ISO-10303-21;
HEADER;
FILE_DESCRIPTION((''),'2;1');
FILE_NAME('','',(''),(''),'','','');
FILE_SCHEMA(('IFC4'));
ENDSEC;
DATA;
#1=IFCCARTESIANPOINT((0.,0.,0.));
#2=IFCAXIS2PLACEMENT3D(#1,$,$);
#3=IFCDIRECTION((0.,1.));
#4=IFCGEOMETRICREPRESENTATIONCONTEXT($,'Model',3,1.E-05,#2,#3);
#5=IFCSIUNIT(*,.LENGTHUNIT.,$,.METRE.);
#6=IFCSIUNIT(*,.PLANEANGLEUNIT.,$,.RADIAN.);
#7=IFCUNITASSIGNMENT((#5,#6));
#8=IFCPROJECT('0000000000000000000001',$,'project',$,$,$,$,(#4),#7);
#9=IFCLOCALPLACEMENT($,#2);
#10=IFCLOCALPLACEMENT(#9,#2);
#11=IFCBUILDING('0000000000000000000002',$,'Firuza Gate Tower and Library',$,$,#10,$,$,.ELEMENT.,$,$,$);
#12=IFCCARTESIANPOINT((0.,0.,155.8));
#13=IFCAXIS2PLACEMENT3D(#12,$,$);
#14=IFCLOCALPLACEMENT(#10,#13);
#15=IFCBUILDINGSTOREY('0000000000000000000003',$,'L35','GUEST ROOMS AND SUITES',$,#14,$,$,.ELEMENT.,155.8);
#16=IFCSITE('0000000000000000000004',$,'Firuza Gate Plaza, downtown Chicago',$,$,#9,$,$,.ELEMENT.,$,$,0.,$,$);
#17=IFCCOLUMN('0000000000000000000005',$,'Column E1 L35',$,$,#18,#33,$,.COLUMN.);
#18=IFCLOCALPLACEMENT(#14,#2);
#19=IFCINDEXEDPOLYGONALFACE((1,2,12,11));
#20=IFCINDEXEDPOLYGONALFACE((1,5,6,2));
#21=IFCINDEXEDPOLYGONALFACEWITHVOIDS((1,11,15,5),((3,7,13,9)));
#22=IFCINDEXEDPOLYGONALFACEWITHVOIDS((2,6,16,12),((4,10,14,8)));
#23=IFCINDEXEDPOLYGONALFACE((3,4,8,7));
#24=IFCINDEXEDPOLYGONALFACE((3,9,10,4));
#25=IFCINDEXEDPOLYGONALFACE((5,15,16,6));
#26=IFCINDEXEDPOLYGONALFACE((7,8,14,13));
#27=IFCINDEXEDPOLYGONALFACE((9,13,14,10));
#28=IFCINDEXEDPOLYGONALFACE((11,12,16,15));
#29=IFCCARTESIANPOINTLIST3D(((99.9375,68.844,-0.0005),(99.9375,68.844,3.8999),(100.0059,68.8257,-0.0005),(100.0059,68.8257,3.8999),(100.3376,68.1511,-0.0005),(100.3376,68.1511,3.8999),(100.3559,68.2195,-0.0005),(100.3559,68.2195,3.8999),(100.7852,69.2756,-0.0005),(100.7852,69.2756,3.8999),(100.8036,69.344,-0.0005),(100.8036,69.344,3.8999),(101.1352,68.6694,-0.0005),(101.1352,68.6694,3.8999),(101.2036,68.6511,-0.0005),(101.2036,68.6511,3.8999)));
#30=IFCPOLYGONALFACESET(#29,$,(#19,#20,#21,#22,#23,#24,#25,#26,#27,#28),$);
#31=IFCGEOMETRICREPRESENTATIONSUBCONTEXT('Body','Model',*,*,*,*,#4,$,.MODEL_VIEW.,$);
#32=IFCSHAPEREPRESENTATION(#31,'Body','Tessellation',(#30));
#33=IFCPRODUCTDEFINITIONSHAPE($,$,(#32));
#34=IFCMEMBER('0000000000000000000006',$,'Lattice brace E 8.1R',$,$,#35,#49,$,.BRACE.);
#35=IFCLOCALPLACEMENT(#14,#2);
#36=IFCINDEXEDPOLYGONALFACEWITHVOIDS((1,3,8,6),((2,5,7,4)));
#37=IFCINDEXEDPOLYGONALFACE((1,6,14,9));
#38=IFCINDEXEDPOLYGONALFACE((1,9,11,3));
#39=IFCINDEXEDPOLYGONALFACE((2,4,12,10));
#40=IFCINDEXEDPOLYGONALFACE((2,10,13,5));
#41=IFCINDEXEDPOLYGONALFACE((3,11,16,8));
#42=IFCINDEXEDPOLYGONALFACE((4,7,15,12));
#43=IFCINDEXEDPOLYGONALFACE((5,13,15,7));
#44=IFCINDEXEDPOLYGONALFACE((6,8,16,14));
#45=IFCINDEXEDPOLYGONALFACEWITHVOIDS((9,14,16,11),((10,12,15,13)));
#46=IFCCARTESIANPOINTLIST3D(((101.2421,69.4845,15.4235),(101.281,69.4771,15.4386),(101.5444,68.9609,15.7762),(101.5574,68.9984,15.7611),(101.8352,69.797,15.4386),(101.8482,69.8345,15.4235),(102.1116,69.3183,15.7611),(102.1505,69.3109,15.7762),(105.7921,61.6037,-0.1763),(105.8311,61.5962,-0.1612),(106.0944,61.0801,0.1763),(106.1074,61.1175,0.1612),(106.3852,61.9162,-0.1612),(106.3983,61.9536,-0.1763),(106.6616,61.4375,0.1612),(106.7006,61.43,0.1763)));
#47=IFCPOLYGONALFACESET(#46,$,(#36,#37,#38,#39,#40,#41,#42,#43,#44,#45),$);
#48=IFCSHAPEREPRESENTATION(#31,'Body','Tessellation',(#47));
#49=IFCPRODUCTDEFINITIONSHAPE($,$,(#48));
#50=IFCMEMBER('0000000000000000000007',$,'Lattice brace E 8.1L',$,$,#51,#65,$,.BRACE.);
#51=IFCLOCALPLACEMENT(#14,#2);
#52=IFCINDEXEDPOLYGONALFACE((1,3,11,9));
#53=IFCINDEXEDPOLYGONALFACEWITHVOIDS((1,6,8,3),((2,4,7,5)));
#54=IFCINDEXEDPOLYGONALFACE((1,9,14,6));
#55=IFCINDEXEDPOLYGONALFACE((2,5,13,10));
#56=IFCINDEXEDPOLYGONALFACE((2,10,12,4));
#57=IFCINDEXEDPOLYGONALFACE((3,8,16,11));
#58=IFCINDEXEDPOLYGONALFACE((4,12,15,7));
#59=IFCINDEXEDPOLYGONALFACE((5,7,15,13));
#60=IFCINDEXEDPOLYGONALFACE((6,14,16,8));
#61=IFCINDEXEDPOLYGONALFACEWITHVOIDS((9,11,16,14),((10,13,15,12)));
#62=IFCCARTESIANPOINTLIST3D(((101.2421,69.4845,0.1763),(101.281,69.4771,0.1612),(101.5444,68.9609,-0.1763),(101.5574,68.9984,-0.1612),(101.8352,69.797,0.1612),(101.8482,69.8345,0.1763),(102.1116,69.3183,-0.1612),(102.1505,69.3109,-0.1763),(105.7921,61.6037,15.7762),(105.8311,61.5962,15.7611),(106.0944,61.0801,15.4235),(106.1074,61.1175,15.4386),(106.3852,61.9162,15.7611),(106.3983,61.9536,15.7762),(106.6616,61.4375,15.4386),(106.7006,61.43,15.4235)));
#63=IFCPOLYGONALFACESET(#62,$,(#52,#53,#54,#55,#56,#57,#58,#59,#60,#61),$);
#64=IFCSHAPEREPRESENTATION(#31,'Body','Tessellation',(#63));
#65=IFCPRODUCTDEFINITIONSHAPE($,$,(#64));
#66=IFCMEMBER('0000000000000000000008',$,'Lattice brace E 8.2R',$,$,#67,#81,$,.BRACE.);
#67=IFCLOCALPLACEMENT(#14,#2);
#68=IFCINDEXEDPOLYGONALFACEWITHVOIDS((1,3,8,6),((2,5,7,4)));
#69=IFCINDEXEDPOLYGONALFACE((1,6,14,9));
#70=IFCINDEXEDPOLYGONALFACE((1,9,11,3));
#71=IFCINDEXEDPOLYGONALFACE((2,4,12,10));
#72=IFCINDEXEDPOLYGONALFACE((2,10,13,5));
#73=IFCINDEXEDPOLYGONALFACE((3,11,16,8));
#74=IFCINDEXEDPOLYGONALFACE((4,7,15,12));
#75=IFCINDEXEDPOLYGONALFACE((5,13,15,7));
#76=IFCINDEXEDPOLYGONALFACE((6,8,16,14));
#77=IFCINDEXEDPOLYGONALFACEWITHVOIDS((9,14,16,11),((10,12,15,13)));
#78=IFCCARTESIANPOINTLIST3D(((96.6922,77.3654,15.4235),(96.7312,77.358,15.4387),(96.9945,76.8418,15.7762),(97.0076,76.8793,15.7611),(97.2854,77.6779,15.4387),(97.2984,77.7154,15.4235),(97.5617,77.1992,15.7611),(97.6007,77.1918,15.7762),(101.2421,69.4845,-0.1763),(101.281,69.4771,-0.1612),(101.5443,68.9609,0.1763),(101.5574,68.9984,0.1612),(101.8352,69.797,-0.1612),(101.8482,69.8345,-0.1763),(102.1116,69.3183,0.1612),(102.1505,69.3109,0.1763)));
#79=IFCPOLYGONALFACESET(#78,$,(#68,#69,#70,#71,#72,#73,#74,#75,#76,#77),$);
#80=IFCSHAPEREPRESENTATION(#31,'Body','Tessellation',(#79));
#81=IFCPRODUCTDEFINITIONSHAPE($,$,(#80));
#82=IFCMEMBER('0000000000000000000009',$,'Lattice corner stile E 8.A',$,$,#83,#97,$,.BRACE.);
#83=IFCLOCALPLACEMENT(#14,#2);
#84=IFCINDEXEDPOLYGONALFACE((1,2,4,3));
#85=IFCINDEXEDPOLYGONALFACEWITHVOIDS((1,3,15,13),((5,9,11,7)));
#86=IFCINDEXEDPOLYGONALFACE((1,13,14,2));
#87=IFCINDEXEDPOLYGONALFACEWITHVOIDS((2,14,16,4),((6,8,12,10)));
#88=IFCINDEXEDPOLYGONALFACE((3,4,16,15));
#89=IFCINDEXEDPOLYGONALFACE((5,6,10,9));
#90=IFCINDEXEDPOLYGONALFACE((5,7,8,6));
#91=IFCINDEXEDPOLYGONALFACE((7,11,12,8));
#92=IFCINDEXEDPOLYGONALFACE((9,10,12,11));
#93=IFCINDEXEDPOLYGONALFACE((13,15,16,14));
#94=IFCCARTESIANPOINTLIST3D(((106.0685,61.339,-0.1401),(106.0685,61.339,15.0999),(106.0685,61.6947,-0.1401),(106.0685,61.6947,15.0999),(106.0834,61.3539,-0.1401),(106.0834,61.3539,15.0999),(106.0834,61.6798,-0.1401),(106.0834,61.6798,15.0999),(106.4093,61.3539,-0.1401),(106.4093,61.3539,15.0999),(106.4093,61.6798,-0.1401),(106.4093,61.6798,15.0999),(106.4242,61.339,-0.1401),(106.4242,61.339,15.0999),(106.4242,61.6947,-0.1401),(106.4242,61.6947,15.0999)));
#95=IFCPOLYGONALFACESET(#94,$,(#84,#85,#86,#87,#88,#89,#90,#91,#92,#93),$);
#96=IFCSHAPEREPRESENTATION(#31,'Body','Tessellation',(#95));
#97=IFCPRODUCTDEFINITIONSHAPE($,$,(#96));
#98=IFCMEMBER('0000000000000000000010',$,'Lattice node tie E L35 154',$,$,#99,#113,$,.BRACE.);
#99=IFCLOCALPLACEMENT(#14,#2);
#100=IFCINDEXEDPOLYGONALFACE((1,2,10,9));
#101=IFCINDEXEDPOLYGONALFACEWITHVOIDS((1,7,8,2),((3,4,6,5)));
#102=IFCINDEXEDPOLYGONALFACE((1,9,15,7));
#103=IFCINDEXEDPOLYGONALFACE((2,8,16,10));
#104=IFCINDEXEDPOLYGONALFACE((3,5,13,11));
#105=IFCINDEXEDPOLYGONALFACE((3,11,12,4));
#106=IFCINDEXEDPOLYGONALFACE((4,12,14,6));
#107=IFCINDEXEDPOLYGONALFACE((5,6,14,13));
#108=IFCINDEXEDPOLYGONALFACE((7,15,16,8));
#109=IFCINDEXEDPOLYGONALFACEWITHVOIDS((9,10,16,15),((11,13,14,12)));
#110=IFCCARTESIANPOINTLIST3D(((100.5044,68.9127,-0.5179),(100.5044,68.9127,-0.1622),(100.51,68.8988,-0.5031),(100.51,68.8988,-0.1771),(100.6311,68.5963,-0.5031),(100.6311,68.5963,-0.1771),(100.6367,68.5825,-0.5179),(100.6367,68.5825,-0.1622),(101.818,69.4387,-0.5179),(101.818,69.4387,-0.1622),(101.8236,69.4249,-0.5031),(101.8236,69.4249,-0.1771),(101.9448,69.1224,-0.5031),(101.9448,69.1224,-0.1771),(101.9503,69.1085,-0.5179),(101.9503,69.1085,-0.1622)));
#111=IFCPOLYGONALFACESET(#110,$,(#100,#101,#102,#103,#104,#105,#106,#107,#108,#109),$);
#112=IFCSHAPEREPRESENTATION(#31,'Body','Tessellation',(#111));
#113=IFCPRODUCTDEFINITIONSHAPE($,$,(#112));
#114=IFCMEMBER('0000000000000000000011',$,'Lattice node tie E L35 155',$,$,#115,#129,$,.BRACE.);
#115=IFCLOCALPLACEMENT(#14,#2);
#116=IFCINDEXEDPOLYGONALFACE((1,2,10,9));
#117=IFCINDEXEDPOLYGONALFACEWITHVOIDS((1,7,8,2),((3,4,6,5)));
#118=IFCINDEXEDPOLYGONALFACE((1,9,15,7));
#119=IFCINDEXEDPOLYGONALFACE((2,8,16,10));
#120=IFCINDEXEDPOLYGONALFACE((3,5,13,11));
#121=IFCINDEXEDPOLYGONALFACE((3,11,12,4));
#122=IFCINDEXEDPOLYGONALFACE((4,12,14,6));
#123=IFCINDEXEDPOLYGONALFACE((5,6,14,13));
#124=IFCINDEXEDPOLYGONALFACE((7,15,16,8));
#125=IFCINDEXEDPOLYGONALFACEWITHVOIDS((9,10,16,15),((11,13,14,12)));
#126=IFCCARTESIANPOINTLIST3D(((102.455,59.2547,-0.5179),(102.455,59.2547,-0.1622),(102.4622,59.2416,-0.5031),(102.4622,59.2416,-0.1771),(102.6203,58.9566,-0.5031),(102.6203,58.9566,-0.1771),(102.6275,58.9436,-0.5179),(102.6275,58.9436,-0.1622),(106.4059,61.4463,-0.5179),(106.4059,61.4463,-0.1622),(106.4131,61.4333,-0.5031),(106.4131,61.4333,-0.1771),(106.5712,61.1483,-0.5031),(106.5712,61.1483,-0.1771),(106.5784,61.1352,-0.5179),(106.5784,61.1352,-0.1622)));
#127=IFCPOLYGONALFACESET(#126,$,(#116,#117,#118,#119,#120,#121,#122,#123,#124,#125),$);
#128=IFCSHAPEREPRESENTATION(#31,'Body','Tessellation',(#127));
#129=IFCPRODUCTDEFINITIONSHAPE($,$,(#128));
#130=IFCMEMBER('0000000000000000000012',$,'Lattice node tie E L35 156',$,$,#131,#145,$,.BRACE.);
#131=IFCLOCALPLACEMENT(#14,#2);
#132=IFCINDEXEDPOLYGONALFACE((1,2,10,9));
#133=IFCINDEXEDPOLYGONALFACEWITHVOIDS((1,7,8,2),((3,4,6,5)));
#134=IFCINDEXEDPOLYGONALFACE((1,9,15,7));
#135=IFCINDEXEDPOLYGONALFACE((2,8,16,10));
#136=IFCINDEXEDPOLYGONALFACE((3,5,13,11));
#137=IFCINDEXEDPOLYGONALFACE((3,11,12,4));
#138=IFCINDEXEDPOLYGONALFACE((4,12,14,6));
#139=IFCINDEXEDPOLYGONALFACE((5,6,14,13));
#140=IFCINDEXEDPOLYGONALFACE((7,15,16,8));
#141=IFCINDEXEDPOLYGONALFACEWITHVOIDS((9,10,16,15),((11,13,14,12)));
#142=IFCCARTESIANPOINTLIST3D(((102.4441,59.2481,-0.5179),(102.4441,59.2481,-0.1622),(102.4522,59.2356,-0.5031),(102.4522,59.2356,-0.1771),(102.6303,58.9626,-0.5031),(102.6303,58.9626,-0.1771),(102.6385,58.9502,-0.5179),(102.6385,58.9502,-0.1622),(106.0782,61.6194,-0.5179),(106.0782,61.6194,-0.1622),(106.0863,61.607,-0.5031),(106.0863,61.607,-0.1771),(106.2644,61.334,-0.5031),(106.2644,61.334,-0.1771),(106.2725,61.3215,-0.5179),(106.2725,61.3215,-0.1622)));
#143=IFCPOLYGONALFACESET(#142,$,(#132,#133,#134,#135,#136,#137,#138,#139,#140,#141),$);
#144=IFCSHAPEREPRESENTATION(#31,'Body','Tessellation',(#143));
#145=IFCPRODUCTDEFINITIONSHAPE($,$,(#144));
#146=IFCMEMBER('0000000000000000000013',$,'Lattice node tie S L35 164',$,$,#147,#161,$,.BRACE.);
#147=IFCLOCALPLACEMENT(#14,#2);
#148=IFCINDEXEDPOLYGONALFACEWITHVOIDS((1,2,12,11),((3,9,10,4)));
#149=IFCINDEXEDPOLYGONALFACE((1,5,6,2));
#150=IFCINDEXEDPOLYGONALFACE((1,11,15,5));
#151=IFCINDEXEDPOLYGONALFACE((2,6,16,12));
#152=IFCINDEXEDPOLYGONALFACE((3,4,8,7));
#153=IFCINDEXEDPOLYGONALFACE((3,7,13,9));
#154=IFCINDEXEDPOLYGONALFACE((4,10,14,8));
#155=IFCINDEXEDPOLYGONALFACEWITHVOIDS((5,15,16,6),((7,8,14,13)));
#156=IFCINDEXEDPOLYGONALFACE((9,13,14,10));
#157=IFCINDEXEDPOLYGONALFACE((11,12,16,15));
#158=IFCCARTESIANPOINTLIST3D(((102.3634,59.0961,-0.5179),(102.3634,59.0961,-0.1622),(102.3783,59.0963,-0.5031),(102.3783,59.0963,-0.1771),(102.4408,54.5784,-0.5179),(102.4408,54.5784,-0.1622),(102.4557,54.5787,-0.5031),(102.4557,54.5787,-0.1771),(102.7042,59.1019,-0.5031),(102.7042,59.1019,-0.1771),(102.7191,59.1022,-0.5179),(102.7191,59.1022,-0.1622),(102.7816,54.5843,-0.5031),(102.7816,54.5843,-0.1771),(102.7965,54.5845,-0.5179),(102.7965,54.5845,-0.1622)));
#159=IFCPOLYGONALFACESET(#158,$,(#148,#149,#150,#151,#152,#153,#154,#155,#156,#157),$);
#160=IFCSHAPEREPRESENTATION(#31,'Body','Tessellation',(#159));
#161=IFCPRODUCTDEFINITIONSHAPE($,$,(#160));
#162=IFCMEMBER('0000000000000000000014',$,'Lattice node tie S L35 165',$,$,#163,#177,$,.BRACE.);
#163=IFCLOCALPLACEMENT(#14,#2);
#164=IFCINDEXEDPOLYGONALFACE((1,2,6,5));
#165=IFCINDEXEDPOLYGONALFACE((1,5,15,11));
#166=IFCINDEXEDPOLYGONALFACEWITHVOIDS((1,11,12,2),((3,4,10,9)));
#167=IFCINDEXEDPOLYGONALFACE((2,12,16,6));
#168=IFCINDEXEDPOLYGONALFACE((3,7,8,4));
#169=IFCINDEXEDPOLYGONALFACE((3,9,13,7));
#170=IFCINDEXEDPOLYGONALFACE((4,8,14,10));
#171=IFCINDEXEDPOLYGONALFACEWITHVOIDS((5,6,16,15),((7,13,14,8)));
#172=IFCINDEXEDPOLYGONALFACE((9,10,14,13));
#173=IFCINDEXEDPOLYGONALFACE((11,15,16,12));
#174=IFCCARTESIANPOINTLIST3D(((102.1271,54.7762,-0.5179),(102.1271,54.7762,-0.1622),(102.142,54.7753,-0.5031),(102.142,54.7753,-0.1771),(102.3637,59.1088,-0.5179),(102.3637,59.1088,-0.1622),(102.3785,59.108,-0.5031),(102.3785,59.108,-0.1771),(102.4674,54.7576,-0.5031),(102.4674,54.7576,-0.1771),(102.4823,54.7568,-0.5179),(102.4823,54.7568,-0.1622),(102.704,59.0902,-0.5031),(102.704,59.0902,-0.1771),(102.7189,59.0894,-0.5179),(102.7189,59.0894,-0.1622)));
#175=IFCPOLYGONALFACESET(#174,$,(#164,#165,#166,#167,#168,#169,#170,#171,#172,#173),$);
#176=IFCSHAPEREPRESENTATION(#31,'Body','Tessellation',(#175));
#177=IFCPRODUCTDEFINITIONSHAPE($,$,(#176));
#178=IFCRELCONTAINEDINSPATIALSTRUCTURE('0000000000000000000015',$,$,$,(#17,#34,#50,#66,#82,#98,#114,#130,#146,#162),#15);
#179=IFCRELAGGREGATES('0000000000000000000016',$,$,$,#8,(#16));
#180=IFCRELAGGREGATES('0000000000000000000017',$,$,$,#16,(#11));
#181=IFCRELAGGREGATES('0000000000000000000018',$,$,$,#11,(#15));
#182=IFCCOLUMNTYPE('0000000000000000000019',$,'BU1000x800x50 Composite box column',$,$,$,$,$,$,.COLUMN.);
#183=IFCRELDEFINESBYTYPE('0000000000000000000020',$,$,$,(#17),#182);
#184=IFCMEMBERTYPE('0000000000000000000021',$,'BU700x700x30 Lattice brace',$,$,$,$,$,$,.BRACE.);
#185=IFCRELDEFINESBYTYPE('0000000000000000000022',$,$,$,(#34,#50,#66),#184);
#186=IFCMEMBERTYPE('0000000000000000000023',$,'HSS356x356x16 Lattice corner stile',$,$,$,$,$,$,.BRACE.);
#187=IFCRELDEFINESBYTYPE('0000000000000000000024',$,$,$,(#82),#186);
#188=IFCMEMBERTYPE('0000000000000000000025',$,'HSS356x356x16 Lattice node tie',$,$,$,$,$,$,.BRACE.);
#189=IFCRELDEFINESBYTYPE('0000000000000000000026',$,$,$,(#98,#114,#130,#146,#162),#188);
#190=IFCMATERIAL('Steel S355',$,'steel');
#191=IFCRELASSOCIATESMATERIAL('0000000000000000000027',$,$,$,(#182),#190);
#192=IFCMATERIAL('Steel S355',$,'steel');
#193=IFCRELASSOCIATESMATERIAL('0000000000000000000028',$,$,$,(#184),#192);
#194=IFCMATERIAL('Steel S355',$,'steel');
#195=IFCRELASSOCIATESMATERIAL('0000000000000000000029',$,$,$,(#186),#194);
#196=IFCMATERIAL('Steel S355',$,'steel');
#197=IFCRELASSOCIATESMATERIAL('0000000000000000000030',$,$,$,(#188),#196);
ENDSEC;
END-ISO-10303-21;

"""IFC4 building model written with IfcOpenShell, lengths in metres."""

from ifc_helpers import new_model, si_unit, direction, frame, origin, origin_2d, place, context, subcontext, project, spatial, hollow_rectangle, extrude, material, material_profile, profile_set, type_object, element, save


model = new_model("IFC4")

# Units and contexts
model_context = context("Model", 3, precision=1e-05, world=origin(), true_north=direction((0.0, 1.0)))
body_context = subcontext(model_context, "Body", "Model", "MODEL_VIEW")
ifc_project = project(units=[si_unit("LENGTHUNIT", "METRE"), si_unit("PLANEANGLEUNIT", "RADIAN")], contexts=[model_context])

# Site, building, storey
site_placement = place(None, origin())
site = spatial("IfcSite", under=ifc_project, at=site_placement, Name="Firuza Gate Plaza, downtown Chicago", CompositionType="ELEMENT", RefElevation=0.0)
building_placement = place(site_placement, origin())
building = spatial("IfcBuilding", under=site, at=building_placement, Name="Firuza Gate Tower and Library", CompositionType="ELEMENT")
storey_placement = place(building_placement, frame((0.0, 0.0, 155.8)))
storey = spatial("IfcBuildingStorey", under=building, at=storey_placement, Name="L35", Description="GUEST ROOMS AND SUITES", CompositionType="ELEMENT", Elevation=155.8)

# Column
ifc_material_1 = material(Name="Steel S355", Category="steel")
ifc_material_profile_1 = material_profile(ifc_material_1, hollow_rectangle(XDim=0.8, YDim=1.0, WallThickness=0.05, at=origin_2d()))
ifc_profile_set_1 = profile_set([ifc_material_profile_1], Name="Steel S355")
column_type = type_object("IfcColumnType", Name="BU1000x800x50 Composite box column", PredefinedType="COLUMN", material=ifc_profile_set_1)
column_placement = place(storey_placement, frame((100.5706, 68.7476, -0.0005), z_axis=(0.0, 0.0, 1.0), x_axis=(-0.5, 0.866025, 0.0)))
element("IfcColumn", 1, at=column_placement, inside=storey, type_object=column_type, Name="Column E1 L35", PredefinedType="COLUMN", context=body_context, shape_type="SweptSolid", body=[
    extrude(hollow_rectangle(XDim=0.8, YDim=1.0, WallThickness=0.05, at=origin_2d()), origin(), (0.0, 0.0, 1.0), 3.9004),
])

# Members
ifc_material_2 = material(Name="Steel S355", Category="steel")
ifc_material_profile_2 = material_profile(ifc_material_2, hollow_rectangle(XDim=0.7, YDim=0.7, WallThickness=0.03, at=origin_2d()))
ifc_profile_set_2 = profile_set([ifc_material_profile_2], Name="Steel S355")
member_type_1 = type_object("IfcMemberType", Name="BU700x700x30 Lattice brace", PredefinedType="BRACE", material=ifc_profile_set_2)
for number, where, z_axis, x_axis, name in (
    (2, (106.2463, 61.5168, 0.0), (-0.25194, 0.436369, 0.863776), (-0.866024, -0.500003, 0.0), "Lattice brace E 8.1R"),
    (3, (101.6963, 69.3977, 0.0), (0.25194, -0.436369, 0.863776), (0.866024, 0.500003, 0.0), "Lattice brace E 8.1L"),
    (4, (101.6963, 69.3977, 0.0), (-0.251927, 0.436371, 0.863779), (-0.866035, -0.499983, 0.0), "Lattice brace E 8.2R"),
):
    element("IfcMember", number, at=place(storey_placement, frame(where, z_axis=z_axis, x_axis=x_axis)), inside=storey, type_object=member_type_1, Name=name, PredefinedType="BRACE", context=body_context, shape_type="SweptSolid", body=[
        extrude(hollow_rectangle(XDim=0.7, YDim=0.7, WallThickness=0.03, at=origin_2d()), origin(), (0.0, 0.0, 1.0), 18.0601),
    ])
ifc_material_3 = material(Name="Steel S355", Category="steel")
ifc_material_profile_3 = material_profile(ifc_material_3, hollow_rectangle(XDim=0.3557, YDim=0.3557, WallThickness=0.0149, at=origin_2d()))
ifc_profile_set_3 = profile_set([ifc_material_profile_3], Name="Steel S355")
member_type_2 = type_object("IfcMemberType", Name="HSS356x356x16 Lattice corner stile", PredefinedType="BRACE", material=ifc_profile_set_3)
member_1_placement = place(storey_placement, frame((106.2463, 61.5168, -0.1401), z_axis=(0.0, 0.0, 1.0), x_axis=(1.0, 0.0, 0.0)))
element("IfcMember", 5, at=member_1_placement, inside=storey, type_object=member_type_2, Name="Lattice corner stile E 8.A", PredefinedType="BRACE", context=body_context, shape_type="SweptSolid", body=[
    extrude(hollow_rectangle(XDim=0.3557, YDim=0.3557, WallThickness=0.0149, at=origin_2d()), origin(), (0.0, 0.0, 1.0), 15.24),
])
ifc_material_4 = material(Name="Steel S355", Category="steel")
ifc_material_profile_4 = material_profile(ifc_material_4, hollow_rectangle(XDim=0.3557, YDim=0.3557, WallThickness=0.0149, at=origin_2d()))
ifc_profile_set_4 = profile_set([ifc_material_profile_4], Name="Steel S355")
member_type_3 = type_object("IfcMemberType", Name="HSS356x356x16 Lattice node tie", PredefinedType="BRACE", material=ifc_profile_set_4)
member_2_placement = place(storey_placement, frame((100.5706, 68.7476, -0.3401), z_axis=(0.928322, 0.371777, 0.0), x_axis=(-0.371777, 0.928322, 0.0)))
element("IfcMember", 6, at=member_2_placement, inside=storey, type_object=member_type_3, Name="Lattice node tie E L35 154", PredefinedType="BRACE", context=body_context, shape_type="SweptSolid", body=[
    extrude(hollow_rectangle(XDim=0.3557, YDim=0.3557, WallThickness=0.0149, at=origin_2d()), origin(), (0.0, 0.0, 1.0), 1.415),
])
member_3_placement = place(storey_placement, frame((102.5413, 59.0991, -0.3401), z_axis=(0.874468, 0.485083, 0.0), x_axis=(-0.485083, 0.874468, 0.0)))
element("IfcMember", 7, at=member_3_placement, inside=storey, type_object=member_type_3, Name="Lattice node tie E L35 155", PredefinedType="BRACE", context=body_context, shape_type="SweptSolid", body=[
    extrude(hollow_rectangle(XDim=0.3557, YDim=0.3557, WallThickness=0.0149, at=origin_2d()), origin(), (0.0, 0.0, 1.0), 4.5181),
])
member_4_placement = place(storey_placement, frame((102.5413, 59.0991, -0.3401), z_axis=(0.837472, 0.546481, 0.0), x_axis=(-0.546481, 0.837472, 0.0)))
element("IfcMember", 8, at=member_4_placement, inside=storey, type_object=member_type_3, Name="Lattice node tie E L35 156", PredefinedType="BRACE", context=body_context, shape_type="SweptSolid", body=[
    extrude(hollow_rectangle(XDim=0.3557, YDim=0.3557, WallThickness=0.0149, at=origin_2d()), origin(), (0.0, 0.0, 1.0), 4.3394),
])
member_5_placement = place(storey_placement, frame((102.5413, 59.0991, -0.3401), z_axis=(0.017129, -0.999853, 0.0), x_axis=(0.999853, 0.017129, 0.0)))
element("IfcMember", 9, at=member_5_placement, inside=storey, type_object=member_type_3, Name="Lattice node tie S L35 164", PredefinedType="BRACE", context=body_context, shape_type="SweptSolid", body=[
    extrude(hollow_rectangle(XDim=0.3557, YDim=0.3557, WallThickness=0.0149, at=origin_2d()), origin(), (0.0, 0.0, 1.0), 4.5183),
])
member_6_placement = place(storey_placement, frame((102.5413, 59.0991, -0.3401), z_axis=(-0.05452, -0.998513, 0.0), x_axis=(0.998513, -0.05452, 0.0)))
element("IfcMember", 10, at=member_6_placement, inside=storey, type_object=member_type_3, Name="Lattice node tie S L35 165", PredefinedType="BRACE", context=body_context, shape_type="SweptSolid", body=[
    extrude(hollow_rectangle(XDim=0.3557, YDim=0.3557, WallThickness=0.0149, at=origin_2d()), origin(), (0.0, 0.0, 1.0), 4.3391),
])

save(model, "model.ifc")
